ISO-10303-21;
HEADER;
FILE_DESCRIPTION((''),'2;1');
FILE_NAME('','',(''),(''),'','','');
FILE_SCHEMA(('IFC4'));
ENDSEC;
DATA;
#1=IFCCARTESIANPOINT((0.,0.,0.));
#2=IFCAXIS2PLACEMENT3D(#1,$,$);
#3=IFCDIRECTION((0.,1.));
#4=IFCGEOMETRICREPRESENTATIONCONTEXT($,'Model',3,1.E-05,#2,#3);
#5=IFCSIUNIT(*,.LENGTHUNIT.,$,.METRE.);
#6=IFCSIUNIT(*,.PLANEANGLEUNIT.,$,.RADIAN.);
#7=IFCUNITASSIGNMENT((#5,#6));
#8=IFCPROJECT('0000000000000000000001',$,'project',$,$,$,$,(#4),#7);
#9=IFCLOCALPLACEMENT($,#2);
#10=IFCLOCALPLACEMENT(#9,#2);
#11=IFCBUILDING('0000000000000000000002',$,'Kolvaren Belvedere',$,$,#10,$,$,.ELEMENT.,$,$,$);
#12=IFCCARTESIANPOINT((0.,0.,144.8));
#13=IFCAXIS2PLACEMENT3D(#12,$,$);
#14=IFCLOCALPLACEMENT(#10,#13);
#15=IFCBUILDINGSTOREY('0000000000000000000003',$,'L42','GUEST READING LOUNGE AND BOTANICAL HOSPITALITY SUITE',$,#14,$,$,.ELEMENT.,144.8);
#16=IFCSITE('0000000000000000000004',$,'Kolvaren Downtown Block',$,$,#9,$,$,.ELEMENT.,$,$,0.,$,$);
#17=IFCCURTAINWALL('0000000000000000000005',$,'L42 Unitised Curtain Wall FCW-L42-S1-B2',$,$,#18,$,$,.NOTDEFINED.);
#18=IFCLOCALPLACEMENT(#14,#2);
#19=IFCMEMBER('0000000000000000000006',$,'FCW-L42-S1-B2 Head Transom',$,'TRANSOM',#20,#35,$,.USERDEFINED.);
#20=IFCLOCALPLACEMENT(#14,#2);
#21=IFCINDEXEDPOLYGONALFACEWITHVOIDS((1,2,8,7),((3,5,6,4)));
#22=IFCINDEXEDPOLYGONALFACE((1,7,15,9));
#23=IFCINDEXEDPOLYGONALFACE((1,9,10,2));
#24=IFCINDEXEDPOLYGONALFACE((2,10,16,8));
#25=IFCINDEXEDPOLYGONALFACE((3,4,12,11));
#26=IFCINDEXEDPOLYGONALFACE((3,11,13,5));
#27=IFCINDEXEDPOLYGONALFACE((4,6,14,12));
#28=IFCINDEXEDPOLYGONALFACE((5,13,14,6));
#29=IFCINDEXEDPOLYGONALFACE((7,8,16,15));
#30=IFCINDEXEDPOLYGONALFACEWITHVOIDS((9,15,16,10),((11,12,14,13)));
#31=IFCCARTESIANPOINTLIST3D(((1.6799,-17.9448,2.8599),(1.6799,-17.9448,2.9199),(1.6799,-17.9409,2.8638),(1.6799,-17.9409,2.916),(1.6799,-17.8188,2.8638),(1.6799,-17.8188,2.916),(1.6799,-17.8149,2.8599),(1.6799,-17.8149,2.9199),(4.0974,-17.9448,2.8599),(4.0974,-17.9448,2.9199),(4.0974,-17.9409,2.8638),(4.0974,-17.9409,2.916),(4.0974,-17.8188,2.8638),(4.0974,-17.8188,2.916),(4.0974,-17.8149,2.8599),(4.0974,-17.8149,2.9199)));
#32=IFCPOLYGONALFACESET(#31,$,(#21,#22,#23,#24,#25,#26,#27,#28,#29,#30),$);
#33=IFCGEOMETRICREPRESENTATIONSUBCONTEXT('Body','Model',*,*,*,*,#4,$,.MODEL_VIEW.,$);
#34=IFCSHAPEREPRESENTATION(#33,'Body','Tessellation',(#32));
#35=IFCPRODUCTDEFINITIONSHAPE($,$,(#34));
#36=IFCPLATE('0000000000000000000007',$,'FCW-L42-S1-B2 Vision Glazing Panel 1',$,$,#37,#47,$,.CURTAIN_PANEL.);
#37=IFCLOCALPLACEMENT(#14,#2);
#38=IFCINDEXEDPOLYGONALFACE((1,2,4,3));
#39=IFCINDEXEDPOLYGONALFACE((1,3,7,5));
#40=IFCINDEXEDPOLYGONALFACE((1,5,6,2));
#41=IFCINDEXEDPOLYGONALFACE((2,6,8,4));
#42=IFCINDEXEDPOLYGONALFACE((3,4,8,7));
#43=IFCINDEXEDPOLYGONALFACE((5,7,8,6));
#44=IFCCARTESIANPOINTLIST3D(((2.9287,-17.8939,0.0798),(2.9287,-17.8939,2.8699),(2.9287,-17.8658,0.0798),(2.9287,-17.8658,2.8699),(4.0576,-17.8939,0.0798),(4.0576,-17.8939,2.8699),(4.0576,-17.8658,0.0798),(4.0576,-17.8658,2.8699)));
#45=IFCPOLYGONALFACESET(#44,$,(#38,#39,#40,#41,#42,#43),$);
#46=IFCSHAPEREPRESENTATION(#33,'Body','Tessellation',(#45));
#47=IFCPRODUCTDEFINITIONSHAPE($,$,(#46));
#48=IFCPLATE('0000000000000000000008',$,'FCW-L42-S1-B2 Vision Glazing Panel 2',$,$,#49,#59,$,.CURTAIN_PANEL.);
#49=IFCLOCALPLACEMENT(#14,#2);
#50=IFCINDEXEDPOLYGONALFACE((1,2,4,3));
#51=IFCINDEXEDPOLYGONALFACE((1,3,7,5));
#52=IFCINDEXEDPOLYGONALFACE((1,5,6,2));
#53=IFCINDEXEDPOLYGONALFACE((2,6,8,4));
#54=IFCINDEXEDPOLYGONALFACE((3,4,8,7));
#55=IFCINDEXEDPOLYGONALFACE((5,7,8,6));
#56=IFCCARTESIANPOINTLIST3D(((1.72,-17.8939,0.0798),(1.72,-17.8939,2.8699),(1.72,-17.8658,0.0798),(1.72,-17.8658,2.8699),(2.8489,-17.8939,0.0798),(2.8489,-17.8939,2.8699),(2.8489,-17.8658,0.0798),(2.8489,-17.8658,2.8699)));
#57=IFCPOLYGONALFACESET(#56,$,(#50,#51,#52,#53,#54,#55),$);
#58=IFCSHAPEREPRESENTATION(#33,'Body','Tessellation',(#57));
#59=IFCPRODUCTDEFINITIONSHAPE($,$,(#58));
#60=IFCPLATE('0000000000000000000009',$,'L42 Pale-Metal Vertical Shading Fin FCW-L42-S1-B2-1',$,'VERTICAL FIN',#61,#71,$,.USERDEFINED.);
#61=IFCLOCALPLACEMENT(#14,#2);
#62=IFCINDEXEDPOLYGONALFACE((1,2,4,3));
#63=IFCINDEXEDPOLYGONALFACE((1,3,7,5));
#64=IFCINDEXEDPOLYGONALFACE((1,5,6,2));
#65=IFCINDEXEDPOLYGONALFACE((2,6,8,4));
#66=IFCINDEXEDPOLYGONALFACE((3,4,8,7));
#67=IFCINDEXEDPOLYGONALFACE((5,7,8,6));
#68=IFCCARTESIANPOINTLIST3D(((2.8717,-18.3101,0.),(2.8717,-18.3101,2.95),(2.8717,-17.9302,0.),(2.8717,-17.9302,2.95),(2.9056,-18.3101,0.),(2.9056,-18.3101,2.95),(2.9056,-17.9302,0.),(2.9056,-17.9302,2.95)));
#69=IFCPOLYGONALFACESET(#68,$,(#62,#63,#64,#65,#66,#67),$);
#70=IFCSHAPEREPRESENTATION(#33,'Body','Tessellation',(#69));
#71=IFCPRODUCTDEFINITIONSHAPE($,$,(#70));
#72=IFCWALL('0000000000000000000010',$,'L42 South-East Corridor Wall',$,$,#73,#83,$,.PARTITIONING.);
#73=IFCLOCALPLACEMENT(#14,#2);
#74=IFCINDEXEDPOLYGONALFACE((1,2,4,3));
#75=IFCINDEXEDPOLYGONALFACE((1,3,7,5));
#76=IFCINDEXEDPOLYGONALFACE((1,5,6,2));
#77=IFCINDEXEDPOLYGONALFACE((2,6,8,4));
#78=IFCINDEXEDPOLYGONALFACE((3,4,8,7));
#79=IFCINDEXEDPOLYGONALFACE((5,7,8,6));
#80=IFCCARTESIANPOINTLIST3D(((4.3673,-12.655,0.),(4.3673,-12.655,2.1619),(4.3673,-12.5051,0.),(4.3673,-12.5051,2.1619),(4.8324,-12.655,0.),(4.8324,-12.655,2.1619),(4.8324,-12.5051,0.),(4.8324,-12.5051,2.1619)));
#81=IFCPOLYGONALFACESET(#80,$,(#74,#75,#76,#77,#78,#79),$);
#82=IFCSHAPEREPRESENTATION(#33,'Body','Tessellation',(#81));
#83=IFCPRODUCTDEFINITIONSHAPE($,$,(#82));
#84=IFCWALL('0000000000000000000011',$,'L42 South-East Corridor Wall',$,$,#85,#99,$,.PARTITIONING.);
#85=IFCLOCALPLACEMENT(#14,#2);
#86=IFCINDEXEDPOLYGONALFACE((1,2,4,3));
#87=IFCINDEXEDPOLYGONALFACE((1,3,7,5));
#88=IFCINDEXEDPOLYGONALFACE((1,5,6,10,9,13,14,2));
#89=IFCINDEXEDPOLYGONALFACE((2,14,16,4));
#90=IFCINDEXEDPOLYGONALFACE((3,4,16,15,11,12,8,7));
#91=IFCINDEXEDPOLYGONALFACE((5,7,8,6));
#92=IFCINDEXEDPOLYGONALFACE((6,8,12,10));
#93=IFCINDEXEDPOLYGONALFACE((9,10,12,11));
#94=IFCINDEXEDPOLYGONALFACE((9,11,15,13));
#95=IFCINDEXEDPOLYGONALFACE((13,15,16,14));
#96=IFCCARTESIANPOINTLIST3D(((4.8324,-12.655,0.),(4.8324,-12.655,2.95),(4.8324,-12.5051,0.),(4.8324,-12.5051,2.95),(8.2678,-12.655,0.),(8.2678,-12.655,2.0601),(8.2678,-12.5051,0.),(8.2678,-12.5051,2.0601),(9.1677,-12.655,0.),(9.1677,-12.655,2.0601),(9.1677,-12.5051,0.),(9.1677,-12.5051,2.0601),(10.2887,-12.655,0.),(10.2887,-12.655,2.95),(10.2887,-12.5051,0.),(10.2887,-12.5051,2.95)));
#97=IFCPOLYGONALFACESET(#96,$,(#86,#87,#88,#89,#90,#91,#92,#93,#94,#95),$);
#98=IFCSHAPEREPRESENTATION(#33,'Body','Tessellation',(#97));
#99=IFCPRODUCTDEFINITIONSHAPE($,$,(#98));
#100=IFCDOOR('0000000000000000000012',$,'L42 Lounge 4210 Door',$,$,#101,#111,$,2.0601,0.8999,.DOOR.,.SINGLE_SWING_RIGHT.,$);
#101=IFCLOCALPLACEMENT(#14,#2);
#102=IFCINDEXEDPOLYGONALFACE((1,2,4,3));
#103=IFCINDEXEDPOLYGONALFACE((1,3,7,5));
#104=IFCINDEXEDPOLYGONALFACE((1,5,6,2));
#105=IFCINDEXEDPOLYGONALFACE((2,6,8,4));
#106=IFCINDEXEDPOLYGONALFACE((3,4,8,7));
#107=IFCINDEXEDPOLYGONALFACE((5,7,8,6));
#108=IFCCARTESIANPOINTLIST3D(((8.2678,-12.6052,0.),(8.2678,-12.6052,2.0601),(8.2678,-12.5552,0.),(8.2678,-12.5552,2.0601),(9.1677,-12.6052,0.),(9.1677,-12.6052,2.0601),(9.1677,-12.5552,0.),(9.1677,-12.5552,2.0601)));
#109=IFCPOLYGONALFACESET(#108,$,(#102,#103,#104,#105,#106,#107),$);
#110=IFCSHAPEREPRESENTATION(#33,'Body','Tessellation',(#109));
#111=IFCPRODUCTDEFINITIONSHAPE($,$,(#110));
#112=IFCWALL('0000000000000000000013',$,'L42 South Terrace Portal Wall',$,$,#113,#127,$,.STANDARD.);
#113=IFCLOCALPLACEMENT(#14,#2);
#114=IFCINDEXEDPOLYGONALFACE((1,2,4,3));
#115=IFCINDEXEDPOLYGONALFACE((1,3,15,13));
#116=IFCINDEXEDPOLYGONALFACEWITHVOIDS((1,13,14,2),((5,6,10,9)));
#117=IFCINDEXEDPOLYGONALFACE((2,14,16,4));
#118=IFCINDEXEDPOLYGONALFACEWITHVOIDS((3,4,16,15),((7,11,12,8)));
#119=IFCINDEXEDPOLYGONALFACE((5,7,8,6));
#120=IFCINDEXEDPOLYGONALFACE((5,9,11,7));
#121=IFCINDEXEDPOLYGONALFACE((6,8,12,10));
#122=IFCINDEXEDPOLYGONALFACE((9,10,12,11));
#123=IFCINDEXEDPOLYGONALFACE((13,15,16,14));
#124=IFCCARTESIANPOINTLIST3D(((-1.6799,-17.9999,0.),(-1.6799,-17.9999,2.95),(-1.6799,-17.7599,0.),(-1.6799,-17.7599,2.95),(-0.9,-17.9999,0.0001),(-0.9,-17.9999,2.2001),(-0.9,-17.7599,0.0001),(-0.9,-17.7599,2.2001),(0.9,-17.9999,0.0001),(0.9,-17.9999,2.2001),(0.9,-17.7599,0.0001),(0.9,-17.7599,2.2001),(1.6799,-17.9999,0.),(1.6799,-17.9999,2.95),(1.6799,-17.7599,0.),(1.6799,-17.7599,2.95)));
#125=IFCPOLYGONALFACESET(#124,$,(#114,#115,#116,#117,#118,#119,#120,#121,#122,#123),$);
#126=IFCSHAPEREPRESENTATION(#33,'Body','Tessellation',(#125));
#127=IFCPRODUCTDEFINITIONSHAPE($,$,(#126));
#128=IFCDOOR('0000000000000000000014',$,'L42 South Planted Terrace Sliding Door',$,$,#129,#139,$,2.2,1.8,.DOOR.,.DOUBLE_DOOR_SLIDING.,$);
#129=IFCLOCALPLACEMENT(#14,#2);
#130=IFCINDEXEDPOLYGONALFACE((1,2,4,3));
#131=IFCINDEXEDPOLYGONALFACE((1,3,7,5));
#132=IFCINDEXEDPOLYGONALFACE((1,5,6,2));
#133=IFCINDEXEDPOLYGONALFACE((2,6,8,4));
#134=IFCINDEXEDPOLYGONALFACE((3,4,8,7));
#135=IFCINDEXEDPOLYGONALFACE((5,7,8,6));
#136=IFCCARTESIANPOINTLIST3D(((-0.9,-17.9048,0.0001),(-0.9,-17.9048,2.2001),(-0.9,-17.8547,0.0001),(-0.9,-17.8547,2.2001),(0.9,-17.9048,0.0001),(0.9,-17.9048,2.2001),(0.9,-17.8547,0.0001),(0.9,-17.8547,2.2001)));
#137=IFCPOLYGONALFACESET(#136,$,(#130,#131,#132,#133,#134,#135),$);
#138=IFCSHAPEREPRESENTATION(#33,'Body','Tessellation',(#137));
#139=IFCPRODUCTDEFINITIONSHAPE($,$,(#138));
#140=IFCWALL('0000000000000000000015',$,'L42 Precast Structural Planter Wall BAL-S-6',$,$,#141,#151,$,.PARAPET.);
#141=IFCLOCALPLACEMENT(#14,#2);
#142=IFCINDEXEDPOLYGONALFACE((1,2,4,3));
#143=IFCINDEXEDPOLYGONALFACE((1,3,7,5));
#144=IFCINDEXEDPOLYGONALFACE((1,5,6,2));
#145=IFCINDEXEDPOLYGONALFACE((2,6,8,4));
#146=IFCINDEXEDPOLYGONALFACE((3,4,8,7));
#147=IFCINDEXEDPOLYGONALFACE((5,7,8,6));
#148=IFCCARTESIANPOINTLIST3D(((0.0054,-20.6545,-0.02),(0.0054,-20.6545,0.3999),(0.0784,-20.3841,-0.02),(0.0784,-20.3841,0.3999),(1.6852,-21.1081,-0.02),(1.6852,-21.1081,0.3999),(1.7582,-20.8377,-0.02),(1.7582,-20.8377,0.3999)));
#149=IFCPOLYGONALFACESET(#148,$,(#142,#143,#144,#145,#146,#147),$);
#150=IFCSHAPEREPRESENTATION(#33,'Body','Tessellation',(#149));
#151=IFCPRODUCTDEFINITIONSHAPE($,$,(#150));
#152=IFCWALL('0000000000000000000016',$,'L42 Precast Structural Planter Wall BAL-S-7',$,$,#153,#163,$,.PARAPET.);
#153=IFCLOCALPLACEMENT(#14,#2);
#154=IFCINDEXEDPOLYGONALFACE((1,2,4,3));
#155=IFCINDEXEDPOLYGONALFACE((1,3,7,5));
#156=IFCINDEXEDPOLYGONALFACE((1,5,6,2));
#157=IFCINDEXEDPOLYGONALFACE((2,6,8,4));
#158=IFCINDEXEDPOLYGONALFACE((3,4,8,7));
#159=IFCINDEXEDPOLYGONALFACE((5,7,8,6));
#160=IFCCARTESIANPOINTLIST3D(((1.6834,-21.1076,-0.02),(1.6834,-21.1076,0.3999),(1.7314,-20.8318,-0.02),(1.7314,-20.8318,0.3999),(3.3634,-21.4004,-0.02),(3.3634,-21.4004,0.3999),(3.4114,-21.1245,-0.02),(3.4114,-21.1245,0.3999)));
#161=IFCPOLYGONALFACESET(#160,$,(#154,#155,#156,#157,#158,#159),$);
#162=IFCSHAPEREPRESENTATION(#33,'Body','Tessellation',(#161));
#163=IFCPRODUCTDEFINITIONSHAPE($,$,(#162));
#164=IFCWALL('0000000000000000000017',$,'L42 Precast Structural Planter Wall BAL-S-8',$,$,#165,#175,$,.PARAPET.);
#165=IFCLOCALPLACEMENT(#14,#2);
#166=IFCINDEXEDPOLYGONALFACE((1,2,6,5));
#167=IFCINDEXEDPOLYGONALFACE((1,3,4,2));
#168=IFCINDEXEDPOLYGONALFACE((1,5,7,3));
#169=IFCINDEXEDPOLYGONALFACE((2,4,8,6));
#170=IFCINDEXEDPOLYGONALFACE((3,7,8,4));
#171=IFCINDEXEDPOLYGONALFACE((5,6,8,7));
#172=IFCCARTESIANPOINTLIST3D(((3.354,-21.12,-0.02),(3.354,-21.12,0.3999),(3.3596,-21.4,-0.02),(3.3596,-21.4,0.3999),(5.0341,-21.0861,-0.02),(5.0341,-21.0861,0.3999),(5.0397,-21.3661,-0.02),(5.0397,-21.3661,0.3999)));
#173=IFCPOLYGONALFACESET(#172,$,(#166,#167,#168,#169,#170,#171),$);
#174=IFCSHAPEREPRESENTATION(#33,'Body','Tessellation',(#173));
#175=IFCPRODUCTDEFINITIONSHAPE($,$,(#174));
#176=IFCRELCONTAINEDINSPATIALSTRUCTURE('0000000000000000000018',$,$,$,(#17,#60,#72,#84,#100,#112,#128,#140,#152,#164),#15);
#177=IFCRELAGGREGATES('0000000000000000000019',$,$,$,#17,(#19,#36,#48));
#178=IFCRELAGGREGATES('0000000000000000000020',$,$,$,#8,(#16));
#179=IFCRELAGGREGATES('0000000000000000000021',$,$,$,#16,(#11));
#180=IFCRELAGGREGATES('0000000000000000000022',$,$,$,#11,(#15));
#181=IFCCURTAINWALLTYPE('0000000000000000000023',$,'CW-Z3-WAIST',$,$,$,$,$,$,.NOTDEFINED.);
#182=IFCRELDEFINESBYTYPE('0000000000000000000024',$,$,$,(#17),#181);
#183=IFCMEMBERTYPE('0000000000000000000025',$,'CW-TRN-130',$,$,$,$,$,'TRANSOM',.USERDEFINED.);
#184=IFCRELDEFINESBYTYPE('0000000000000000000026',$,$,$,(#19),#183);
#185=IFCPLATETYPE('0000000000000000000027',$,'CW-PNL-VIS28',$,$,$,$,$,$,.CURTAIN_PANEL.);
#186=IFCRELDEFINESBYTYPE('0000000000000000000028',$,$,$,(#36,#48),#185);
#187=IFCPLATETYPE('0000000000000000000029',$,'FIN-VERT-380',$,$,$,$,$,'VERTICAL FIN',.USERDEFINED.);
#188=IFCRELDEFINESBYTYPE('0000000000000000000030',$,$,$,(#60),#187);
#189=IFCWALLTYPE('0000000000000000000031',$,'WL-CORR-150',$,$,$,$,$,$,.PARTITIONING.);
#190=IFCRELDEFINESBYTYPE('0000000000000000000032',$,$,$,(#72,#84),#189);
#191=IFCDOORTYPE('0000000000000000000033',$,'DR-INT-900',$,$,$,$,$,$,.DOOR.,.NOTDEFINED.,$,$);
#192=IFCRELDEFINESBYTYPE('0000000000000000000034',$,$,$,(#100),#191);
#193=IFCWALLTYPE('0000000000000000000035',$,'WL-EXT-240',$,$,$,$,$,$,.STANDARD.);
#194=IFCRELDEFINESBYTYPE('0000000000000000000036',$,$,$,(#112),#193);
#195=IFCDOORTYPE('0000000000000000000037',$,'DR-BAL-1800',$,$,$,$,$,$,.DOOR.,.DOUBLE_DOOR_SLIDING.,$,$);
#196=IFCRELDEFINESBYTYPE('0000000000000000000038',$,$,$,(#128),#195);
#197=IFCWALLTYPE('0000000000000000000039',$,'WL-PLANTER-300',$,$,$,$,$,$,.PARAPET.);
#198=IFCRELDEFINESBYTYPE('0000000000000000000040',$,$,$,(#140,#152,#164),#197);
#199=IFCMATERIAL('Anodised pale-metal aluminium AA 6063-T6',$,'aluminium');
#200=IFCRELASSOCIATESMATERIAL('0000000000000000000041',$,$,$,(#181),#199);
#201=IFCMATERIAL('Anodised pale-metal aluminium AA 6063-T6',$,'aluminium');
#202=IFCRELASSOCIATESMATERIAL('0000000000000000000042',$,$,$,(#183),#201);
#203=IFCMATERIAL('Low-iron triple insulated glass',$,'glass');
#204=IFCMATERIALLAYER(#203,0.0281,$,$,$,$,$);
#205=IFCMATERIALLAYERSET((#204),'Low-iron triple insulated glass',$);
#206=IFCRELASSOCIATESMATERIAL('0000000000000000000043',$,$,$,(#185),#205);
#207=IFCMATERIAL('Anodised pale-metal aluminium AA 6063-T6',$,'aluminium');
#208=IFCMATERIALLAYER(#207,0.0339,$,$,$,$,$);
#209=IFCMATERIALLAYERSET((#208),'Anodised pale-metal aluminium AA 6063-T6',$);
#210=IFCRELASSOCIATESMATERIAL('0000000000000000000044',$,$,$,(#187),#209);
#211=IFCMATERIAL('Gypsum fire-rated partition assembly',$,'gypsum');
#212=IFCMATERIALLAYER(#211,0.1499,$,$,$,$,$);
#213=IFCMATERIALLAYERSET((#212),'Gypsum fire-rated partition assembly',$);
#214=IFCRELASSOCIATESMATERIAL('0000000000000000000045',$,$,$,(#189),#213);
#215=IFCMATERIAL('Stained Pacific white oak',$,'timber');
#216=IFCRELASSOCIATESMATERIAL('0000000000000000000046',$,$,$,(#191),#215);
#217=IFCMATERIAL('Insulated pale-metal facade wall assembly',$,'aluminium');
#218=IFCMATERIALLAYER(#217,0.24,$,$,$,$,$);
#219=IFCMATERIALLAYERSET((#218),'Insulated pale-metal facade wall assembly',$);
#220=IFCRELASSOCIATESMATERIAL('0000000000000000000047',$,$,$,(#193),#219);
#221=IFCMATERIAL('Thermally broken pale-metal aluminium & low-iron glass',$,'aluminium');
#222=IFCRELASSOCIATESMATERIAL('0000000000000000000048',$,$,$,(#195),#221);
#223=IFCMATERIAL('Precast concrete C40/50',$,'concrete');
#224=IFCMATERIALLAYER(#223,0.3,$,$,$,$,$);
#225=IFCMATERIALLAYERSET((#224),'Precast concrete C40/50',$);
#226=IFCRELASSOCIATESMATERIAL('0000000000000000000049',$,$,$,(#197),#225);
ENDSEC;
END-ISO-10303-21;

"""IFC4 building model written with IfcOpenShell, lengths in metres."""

from ifc_helpers import new_model, si_unit, direction, frame, frame_2d, origin, origin_2d, place, context, subcontext, project, spatial, rectangle, hollow_rectangle, extrude, material, layer, layer_set, material_profile, profile_set, type_object, element, fill, aggregate, save


model = new_model("IFC4")

# Units and contexts
model_context = context("Model", 3, precision=1e-05, world=origin(), true_north=direction((0.0, 1.0)))
body_context = subcontext(model_context, "Body", "Model", "MODEL_VIEW")
ifc_project = project(units=[si_unit("LENGTHUNIT", "METRE"), si_unit("PLANEANGLEUNIT", "RADIAN")], contexts=[model_context])

# Site, building, storey
site_placement = place(None, origin())
site = spatial("IfcSite", under=ifc_project, at=site_placement, Name="Kolvaren Downtown Block", CompositionType="ELEMENT", RefElevation=0.0)
building_placement = place(site_placement, origin())
building = spatial("IfcBuilding", under=site, at=building_placement, Name="Kolvaren Belvedere", CompositionType="ELEMENT")
storey_placement = place(building_placement, frame((0.0, 0.0, 144.8)))
storey = spatial("IfcBuildingStorey", under=building, at=storey_placement, Name="L42", Description="GUEST READING LOUNGE AND BOTANICAL HOSPITALITY SUITE", CompositionType="ELEMENT", Elevation=144.8)

# Curtain wall, member, plates
ifc_material_1 = material(Name="Anodised pale-metal aluminium AA 6063-T6", Category="aluminium")
curtain_wall_type = type_object("IfcCurtainWallType", Name="CW-Z3-WAIST", PredefinedType="NOTDEFINED", material=ifc_material_1)
curtain_wall_placement = place(storey_placement, origin())
curtain_wall = element("IfcCurtainWall", 1, at=curtain_wall_placement, inside=storey, type_object=curtain_wall_type, Name="L42 Unitised Curtain Wall FCW-L42-S1-B2", PredefinedType="NOTDEFINED")
ifc_material_2 = material(Name="Anodised pale-metal aluminium AA 6063-T6", Category="aluminium")
ifc_material_profile_1 = material_profile(ifc_material_2, hollow_rectangle(XDim=0.0601, YDim=0.1299, WallThickness=0.0039, at=origin_2d()), Name="ALU-TRN-130X60")
ifc_profile_set_1 = profile_set([ifc_material_profile_1], Name="Anodised pale-metal aluminium AA 6063-T6")
member_type_1 = type_object("IfcMemberType", Name="CW-TRN-130", ElementType="TRANSOM", PredefinedType="USERDEFINED", material=ifc_profile_set_1)
member_1_placement = place(storey_placement, frame((4.0974, -17.8799, 2.8899), z_axis=(-1.0, 0.0, 0.0), x_axis=(0.0, 0.0, 1.0)))
member_1 = element("IfcMember", 2, at=member_1_placement, type_object=member_type_1, Name="FCW-L42-S1-B2 Head Transom", ObjectType="TRANSOM", PredefinedType="USERDEFINED", context=body_context, shape_type="SweptSolid", body=[
    extrude(hollow_rectangle(XDim=0.0601, YDim=0.1299, WallThickness=0.0039, at=origin_2d()), origin(), (0.0, 0.0, 1.0), 2.4175),
])
ifc_material_3 = material(Name="Low-iron triple insulated glass", Category="glass")
ifc_layer_1 = layer(ifc_material_3, 0.0281)
ifc_layer_set_1 = layer_set([ifc_layer_1], Name="Low-iron triple insulated glass")
plate_type_1 = type_object("IfcPlateType", Name="CW-PNL-VIS28", PredefinedType="CURTAIN_PANEL", material=ifc_layer_set_1)
plate_1_placement = place(storey_placement, frame((3.4932, -17.8799, 0.0798), z_axis=(0.0, 0.0, 1.0), x_axis=(-1.0, 0.0, 0.0)))
plate_1 = element("IfcPlate", 3, at=plate_1_placement, type_object=plate_type_1, Name="FCW-L42-S1-B2 Vision Glazing Panel 1", PredefinedType="CURTAIN_PANEL", context=body_context, shape_type="SweptSolid", body=[
    extrude(rectangle(XDim=1.1289, YDim=0.0281, at=origin_2d()), origin(), (0.0, 0.0, 1.0), 2.79),
])
plate_2_placement = place(storey_placement, frame((2.2844, -17.8799, 0.0798), z_axis=(0.0, 0.0, 1.0), x_axis=(-1.0, 0.0, 0.0)))
plate_2 = element("IfcPlate", 4, at=plate_2_placement, type_object=plate_type_1, Name="FCW-L42-S1-B2 Vision Glazing Panel 2", PredefinedType="CURTAIN_PANEL", context=body_context, shape_type="SweptSolid", body=[
    extrude(rectangle(XDim=1.1289, YDim=0.0281, at=origin_2d()), origin(), (0.0, 0.0, 1.0), 2.79),
])
aggregate(curtain_wall, [member_1, plate_1, plate_2])

# Plate
ifc_material_4 = material(Name="Anodised pale-metal aluminium AA 6063-T6", Category="aluminium")
ifc_layer_2 = layer(ifc_material_4, 0.0339)
ifc_layer_set_2 = layer_set([ifc_layer_2], Name="Anodised pale-metal aluminium AA 6063-T6")
plate_type_2 = type_object("IfcPlateType", Name="FIN-VERT-380", ElementType="VERTICAL FIN", PredefinedType="USERDEFINED", material=ifc_layer_set_2)
plate_3_placement = place(storey_placement, frame((2.8887, -18.1201, 0.0), z_axis=(0.0, 0.0, 1.0), x_axis=(0.0, 1.0, 0.0)))
element("IfcPlate", 5, at=plate_3_placement, inside=storey, type_object=plate_type_2, Name="L42 Pale-Metal Vertical Shading Fin FCW-L42-S1-B2-1", ObjectType="VERTICAL FIN", PredefinedType="USERDEFINED", context=body_context, shape_type="SweptSolid", body=[
    extrude(rectangle(XDim=0.3799, YDim=0.0339, at=origin_2d()), origin(), (0.0, 0.0, 1.0), 2.95),
])

# Wall
ifc_material_5 = material(Name="Gypsum fire-rated partition assembly", Category="gypsum")
ifc_layer_3 = layer(ifc_material_5, 0.1499)
ifc_layer_set_3 = layer_set([ifc_layer_3], Name="Gypsum fire-rated partition assembly")
wall_type_1 = type_object("IfcWallType", Name="WL-CORR-150", PredefinedType="PARTITIONING", material=ifc_layer_set_3)
wall_1_placement = place(storey_placement, frame((4.3674, -12.5801, 0.0), z_axis=(0.0, 0.0, 1.0), x_axis=(1.0, 0.0, 0.0)))
element("IfcWall", 6, at=wall_1_placement, inside=storey, type_object=wall_type_1, Name="L42 South-East Corridor Wall", PredefinedType="PARTITIONING", context=body_context, shape_type="SweptSolid", body=[
    extrude(rectangle(XDim=0.4651, YDim=0.1499, at=frame_2d((0.2324, 0.0))), origin(), (0.0, 0.0, 1.0), 2.1619),
])

# Walls, openings, doors
wall_2_placement = place(storey_placement, frame((4.8325, -12.5801, 0.0), z_axis=(0.0, 0.0, 1.0), x_axis=(1.0, 0.0, 0.0)))
wall_2 = element("IfcWall", 7, at=wall_2_placement, inside=storey, type_object=wall_type_1, Name="L42 South-East Corridor Wall", PredefinedType="PARTITIONING", context=body_context, shape_type="SweptSolid", body=[
    extrude(rectangle(XDim=5.4563, YDim=0.1499, at=frame_2d((2.728, 0.0))), origin(), (0.0, 0.0, 1.0), 2.95),
])
opening_1_placement = place(wall_2_placement, frame((3.4353, 0.0, 0.0)))
opening_1 = element("IfcOpeningElement", 8, at=opening_1_placement, cuts=wall_2, PredefinedType="OPENING", context=body_context, shape_type="SweptSolid", body=[
    extrude(rectangle(XDim=0.8999, YDim=2.0601, at=frame_2d((0.45, 1.03))), frame((0.0, 0.085, 0.0), z_axis=(0.0, -1.0, 0.0), x_axis=(1.0, 0.0, 0.0)), (0.0, 0.0, 1.0), 0.1699),
])
ifc_material_6 = material(Name="Stained Pacific white oak", Category="timber")
door_type_1 = type_object("IfcDoorType", Name="DR-INT-900", OperationType="NOTDEFINED", PredefinedType="DOOR", material=ifc_material_6)
door_1_placement = place(opening_1_placement, origin())
door_1 = element("IfcDoor", 9, at=door_1_placement, inside=storey, type_object=door_type_1, Name="L42 Lounge 4210 Door", OperationType="SINGLE_SWING_RIGHT", OverallHeight=2.0601, OverallWidth=0.8999, PredefinedType="DOOR", context=body_context, shape_type="SweptSolid", body=[
    extrude(rectangle(XDim=0.8999, YDim=2.0601, at=frame_2d((0.45, 1.03))), frame((0.0, 0.0249, 0.0), z_axis=(0.0, -1.0, 0.0), x_axis=(1.0, 0.0, 0.0)), (0.0, 0.0, 1.0), 0.05),
])
fill(opening_1, door_1)
ifc_material_7 = material(Name="Insulated pale-metal facade wall assembly", Category="aluminium")
ifc_layer_4 = layer(ifc_material_7, 0.24)
ifc_layer_set_4 = layer_set([ifc_layer_4], Name="Insulated pale-metal facade wall assembly")
wall_type_2 = type_object("IfcWallType", Name="WL-EXT-240", PredefinedType="STANDARD", material=ifc_layer_set_4)
wall_3_placement = place(storey_placement, frame((1.6799, -17.8799, 0.0), z_axis=(0.0, 0.0, 1.0), x_axis=(-1.0, 0.0, 0.0)))
wall_3 = element("IfcWall", 10, at=wall_3_placement, inside=storey, type_object=wall_type_2, Name="L42 South Terrace Portal Wall", PredefinedType="STANDARD", context=body_context, shape_type="SweptSolid", body=[
    extrude(rectangle(XDim=3.3599, YDim=0.24, at=frame_2d((1.6799, 0.0))), origin(), (0.0, 0.0, 1.0), 2.95),
])
opening_2_placement = place(wall_3_placement, frame((0.78, 0.0, 0.0)))
opening_2 = element("IfcOpeningElement", 11, at=opening_2_placement, cuts=wall_3, PredefinedType="OPENING", context=body_context, shape_type="SweptSolid", body=[
    extrude(rectangle(XDim=1.8, YDim=2.2, at=frame_2d((0.8999, 1.1001))), frame((0.0, 0.1299, 0.0), z_axis=(0.0, -1.0, 0.0), x_axis=(1.0, 0.0, 0.0)), (0.0, 0.0, 1.0), 0.26),
])
ifc_material_8 = material(Name="Thermally broken pale-metal aluminium & low-iron glass", Category="aluminium")
door_type_2 = type_object("IfcDoorType", Name="DR-BAL-1800", OperationType="DOUBLE_DOOR_SLIDING", PredefinedType="DOOR", material=ifc_material_8)
door_2_placement = place(opening_2_placement, origin())
door_2 = element("IfcDoor", 12, at=door_2_placement, inside=storey, type_object=door_type_2, Name="L42 South Planted Terrace Sliding Door", OperationType="DOUBLE_DOOR_SLIDING", OverallHeight=2.2, OverallWidth=1.8, PredefinedType="DOOR", context=body_context, shape_type="SweptSolid", body=[
    extrude(rectangle(XDim=1.8, YDim=2.2, at=frame_2d((0.8999, 1.1001))), frame((0.0, 0.0249, 0.0), z_axis=(0.0, -1.0, 0.0), x_axis=(1.0, 0.0, 0.0)), (0.0, 0.0, 1.0), 0.05),
])
fill(opening_2, door_2)

# Walls
ifc_material_9 = material(Name="Precast concrete C40/50", Category="concrete")
ifc_layer_5 = layer(ifc_material_9, 0.3)
ifc_layer_set_5 = layer_set([ifc_layer_5], Name="Precast concrete C40/50")
wall_type_3 = type_object("IfcWallType", Name="WL-PLANTER-300", PredefinedType="PARAPET", material=ifc_layer_set_5)
wall_4_placement = place(storey_placement, frame((0.0417, -20.5193, -0.02), z_axis=(0.0, 0.0, 1.0), x_axis=(0.965424, -0.260683, 0.0)))
element("IfcWall", 13, at=wall_4_placement, inside=storey, type_object=wall_type_3, Name="L42 Precast Structural Planter Wall BAL-S-6", PredefinedType="PARAPET", context=body_context, shape_type="SweptSolid", body=[
    extrude(rectangle(XDim=1.74, YDim=0.28, at=frame_2d((0.8701, 0.0))), origin(), (0.0, 0.0, 1.0), 0.4199),
])
wall_5_placement = place(storey_placement, frame((1.7075, -20.9697, -0.02), z_axis=(0.0, 0.0, 1.0), x_axis=(0.985156, -0.171661, 0.0)))
element("IfcWall", 14, at=wall_5_placement, inside=storey, type_object=wall_type_3, Name="L42 Precast Structural Planter Wall BAL-S-7", PredefinedType="PARAPET", context=body_context, shape_type="SweptSolid", body=[
    extrude(rectangle(XDim=1.7053, YDim=0.28, at=frame_2d((0.8525, 0.0))), origin(), (0.0, 0.0, 1.0), 0.4199),
])
wall_6_placement = place(storey_placement, frame((3.3567, -21.26, -0.02), z_axis=(0.0, 0.0, 1.0), x_axis=(0.999796, 0.020193, 0.0)))
element("IfcWall", 15, at=wall_6_placement, inside=storey, type_object=wall_type_3, Name="L42 Precast Structural Planter Wall BAL-S-8", PredefinedType="PARAPET", context=body_context, shape_type="SweptSolid", body=[
    extrude(rectangle(XDim=1.6804, YDim=0.28, at=frame_2d((0.8403, 0.0))), origin(), (0.0, 0.0, 1.0), 0.4199),
])

save(model, "model.ifc")
